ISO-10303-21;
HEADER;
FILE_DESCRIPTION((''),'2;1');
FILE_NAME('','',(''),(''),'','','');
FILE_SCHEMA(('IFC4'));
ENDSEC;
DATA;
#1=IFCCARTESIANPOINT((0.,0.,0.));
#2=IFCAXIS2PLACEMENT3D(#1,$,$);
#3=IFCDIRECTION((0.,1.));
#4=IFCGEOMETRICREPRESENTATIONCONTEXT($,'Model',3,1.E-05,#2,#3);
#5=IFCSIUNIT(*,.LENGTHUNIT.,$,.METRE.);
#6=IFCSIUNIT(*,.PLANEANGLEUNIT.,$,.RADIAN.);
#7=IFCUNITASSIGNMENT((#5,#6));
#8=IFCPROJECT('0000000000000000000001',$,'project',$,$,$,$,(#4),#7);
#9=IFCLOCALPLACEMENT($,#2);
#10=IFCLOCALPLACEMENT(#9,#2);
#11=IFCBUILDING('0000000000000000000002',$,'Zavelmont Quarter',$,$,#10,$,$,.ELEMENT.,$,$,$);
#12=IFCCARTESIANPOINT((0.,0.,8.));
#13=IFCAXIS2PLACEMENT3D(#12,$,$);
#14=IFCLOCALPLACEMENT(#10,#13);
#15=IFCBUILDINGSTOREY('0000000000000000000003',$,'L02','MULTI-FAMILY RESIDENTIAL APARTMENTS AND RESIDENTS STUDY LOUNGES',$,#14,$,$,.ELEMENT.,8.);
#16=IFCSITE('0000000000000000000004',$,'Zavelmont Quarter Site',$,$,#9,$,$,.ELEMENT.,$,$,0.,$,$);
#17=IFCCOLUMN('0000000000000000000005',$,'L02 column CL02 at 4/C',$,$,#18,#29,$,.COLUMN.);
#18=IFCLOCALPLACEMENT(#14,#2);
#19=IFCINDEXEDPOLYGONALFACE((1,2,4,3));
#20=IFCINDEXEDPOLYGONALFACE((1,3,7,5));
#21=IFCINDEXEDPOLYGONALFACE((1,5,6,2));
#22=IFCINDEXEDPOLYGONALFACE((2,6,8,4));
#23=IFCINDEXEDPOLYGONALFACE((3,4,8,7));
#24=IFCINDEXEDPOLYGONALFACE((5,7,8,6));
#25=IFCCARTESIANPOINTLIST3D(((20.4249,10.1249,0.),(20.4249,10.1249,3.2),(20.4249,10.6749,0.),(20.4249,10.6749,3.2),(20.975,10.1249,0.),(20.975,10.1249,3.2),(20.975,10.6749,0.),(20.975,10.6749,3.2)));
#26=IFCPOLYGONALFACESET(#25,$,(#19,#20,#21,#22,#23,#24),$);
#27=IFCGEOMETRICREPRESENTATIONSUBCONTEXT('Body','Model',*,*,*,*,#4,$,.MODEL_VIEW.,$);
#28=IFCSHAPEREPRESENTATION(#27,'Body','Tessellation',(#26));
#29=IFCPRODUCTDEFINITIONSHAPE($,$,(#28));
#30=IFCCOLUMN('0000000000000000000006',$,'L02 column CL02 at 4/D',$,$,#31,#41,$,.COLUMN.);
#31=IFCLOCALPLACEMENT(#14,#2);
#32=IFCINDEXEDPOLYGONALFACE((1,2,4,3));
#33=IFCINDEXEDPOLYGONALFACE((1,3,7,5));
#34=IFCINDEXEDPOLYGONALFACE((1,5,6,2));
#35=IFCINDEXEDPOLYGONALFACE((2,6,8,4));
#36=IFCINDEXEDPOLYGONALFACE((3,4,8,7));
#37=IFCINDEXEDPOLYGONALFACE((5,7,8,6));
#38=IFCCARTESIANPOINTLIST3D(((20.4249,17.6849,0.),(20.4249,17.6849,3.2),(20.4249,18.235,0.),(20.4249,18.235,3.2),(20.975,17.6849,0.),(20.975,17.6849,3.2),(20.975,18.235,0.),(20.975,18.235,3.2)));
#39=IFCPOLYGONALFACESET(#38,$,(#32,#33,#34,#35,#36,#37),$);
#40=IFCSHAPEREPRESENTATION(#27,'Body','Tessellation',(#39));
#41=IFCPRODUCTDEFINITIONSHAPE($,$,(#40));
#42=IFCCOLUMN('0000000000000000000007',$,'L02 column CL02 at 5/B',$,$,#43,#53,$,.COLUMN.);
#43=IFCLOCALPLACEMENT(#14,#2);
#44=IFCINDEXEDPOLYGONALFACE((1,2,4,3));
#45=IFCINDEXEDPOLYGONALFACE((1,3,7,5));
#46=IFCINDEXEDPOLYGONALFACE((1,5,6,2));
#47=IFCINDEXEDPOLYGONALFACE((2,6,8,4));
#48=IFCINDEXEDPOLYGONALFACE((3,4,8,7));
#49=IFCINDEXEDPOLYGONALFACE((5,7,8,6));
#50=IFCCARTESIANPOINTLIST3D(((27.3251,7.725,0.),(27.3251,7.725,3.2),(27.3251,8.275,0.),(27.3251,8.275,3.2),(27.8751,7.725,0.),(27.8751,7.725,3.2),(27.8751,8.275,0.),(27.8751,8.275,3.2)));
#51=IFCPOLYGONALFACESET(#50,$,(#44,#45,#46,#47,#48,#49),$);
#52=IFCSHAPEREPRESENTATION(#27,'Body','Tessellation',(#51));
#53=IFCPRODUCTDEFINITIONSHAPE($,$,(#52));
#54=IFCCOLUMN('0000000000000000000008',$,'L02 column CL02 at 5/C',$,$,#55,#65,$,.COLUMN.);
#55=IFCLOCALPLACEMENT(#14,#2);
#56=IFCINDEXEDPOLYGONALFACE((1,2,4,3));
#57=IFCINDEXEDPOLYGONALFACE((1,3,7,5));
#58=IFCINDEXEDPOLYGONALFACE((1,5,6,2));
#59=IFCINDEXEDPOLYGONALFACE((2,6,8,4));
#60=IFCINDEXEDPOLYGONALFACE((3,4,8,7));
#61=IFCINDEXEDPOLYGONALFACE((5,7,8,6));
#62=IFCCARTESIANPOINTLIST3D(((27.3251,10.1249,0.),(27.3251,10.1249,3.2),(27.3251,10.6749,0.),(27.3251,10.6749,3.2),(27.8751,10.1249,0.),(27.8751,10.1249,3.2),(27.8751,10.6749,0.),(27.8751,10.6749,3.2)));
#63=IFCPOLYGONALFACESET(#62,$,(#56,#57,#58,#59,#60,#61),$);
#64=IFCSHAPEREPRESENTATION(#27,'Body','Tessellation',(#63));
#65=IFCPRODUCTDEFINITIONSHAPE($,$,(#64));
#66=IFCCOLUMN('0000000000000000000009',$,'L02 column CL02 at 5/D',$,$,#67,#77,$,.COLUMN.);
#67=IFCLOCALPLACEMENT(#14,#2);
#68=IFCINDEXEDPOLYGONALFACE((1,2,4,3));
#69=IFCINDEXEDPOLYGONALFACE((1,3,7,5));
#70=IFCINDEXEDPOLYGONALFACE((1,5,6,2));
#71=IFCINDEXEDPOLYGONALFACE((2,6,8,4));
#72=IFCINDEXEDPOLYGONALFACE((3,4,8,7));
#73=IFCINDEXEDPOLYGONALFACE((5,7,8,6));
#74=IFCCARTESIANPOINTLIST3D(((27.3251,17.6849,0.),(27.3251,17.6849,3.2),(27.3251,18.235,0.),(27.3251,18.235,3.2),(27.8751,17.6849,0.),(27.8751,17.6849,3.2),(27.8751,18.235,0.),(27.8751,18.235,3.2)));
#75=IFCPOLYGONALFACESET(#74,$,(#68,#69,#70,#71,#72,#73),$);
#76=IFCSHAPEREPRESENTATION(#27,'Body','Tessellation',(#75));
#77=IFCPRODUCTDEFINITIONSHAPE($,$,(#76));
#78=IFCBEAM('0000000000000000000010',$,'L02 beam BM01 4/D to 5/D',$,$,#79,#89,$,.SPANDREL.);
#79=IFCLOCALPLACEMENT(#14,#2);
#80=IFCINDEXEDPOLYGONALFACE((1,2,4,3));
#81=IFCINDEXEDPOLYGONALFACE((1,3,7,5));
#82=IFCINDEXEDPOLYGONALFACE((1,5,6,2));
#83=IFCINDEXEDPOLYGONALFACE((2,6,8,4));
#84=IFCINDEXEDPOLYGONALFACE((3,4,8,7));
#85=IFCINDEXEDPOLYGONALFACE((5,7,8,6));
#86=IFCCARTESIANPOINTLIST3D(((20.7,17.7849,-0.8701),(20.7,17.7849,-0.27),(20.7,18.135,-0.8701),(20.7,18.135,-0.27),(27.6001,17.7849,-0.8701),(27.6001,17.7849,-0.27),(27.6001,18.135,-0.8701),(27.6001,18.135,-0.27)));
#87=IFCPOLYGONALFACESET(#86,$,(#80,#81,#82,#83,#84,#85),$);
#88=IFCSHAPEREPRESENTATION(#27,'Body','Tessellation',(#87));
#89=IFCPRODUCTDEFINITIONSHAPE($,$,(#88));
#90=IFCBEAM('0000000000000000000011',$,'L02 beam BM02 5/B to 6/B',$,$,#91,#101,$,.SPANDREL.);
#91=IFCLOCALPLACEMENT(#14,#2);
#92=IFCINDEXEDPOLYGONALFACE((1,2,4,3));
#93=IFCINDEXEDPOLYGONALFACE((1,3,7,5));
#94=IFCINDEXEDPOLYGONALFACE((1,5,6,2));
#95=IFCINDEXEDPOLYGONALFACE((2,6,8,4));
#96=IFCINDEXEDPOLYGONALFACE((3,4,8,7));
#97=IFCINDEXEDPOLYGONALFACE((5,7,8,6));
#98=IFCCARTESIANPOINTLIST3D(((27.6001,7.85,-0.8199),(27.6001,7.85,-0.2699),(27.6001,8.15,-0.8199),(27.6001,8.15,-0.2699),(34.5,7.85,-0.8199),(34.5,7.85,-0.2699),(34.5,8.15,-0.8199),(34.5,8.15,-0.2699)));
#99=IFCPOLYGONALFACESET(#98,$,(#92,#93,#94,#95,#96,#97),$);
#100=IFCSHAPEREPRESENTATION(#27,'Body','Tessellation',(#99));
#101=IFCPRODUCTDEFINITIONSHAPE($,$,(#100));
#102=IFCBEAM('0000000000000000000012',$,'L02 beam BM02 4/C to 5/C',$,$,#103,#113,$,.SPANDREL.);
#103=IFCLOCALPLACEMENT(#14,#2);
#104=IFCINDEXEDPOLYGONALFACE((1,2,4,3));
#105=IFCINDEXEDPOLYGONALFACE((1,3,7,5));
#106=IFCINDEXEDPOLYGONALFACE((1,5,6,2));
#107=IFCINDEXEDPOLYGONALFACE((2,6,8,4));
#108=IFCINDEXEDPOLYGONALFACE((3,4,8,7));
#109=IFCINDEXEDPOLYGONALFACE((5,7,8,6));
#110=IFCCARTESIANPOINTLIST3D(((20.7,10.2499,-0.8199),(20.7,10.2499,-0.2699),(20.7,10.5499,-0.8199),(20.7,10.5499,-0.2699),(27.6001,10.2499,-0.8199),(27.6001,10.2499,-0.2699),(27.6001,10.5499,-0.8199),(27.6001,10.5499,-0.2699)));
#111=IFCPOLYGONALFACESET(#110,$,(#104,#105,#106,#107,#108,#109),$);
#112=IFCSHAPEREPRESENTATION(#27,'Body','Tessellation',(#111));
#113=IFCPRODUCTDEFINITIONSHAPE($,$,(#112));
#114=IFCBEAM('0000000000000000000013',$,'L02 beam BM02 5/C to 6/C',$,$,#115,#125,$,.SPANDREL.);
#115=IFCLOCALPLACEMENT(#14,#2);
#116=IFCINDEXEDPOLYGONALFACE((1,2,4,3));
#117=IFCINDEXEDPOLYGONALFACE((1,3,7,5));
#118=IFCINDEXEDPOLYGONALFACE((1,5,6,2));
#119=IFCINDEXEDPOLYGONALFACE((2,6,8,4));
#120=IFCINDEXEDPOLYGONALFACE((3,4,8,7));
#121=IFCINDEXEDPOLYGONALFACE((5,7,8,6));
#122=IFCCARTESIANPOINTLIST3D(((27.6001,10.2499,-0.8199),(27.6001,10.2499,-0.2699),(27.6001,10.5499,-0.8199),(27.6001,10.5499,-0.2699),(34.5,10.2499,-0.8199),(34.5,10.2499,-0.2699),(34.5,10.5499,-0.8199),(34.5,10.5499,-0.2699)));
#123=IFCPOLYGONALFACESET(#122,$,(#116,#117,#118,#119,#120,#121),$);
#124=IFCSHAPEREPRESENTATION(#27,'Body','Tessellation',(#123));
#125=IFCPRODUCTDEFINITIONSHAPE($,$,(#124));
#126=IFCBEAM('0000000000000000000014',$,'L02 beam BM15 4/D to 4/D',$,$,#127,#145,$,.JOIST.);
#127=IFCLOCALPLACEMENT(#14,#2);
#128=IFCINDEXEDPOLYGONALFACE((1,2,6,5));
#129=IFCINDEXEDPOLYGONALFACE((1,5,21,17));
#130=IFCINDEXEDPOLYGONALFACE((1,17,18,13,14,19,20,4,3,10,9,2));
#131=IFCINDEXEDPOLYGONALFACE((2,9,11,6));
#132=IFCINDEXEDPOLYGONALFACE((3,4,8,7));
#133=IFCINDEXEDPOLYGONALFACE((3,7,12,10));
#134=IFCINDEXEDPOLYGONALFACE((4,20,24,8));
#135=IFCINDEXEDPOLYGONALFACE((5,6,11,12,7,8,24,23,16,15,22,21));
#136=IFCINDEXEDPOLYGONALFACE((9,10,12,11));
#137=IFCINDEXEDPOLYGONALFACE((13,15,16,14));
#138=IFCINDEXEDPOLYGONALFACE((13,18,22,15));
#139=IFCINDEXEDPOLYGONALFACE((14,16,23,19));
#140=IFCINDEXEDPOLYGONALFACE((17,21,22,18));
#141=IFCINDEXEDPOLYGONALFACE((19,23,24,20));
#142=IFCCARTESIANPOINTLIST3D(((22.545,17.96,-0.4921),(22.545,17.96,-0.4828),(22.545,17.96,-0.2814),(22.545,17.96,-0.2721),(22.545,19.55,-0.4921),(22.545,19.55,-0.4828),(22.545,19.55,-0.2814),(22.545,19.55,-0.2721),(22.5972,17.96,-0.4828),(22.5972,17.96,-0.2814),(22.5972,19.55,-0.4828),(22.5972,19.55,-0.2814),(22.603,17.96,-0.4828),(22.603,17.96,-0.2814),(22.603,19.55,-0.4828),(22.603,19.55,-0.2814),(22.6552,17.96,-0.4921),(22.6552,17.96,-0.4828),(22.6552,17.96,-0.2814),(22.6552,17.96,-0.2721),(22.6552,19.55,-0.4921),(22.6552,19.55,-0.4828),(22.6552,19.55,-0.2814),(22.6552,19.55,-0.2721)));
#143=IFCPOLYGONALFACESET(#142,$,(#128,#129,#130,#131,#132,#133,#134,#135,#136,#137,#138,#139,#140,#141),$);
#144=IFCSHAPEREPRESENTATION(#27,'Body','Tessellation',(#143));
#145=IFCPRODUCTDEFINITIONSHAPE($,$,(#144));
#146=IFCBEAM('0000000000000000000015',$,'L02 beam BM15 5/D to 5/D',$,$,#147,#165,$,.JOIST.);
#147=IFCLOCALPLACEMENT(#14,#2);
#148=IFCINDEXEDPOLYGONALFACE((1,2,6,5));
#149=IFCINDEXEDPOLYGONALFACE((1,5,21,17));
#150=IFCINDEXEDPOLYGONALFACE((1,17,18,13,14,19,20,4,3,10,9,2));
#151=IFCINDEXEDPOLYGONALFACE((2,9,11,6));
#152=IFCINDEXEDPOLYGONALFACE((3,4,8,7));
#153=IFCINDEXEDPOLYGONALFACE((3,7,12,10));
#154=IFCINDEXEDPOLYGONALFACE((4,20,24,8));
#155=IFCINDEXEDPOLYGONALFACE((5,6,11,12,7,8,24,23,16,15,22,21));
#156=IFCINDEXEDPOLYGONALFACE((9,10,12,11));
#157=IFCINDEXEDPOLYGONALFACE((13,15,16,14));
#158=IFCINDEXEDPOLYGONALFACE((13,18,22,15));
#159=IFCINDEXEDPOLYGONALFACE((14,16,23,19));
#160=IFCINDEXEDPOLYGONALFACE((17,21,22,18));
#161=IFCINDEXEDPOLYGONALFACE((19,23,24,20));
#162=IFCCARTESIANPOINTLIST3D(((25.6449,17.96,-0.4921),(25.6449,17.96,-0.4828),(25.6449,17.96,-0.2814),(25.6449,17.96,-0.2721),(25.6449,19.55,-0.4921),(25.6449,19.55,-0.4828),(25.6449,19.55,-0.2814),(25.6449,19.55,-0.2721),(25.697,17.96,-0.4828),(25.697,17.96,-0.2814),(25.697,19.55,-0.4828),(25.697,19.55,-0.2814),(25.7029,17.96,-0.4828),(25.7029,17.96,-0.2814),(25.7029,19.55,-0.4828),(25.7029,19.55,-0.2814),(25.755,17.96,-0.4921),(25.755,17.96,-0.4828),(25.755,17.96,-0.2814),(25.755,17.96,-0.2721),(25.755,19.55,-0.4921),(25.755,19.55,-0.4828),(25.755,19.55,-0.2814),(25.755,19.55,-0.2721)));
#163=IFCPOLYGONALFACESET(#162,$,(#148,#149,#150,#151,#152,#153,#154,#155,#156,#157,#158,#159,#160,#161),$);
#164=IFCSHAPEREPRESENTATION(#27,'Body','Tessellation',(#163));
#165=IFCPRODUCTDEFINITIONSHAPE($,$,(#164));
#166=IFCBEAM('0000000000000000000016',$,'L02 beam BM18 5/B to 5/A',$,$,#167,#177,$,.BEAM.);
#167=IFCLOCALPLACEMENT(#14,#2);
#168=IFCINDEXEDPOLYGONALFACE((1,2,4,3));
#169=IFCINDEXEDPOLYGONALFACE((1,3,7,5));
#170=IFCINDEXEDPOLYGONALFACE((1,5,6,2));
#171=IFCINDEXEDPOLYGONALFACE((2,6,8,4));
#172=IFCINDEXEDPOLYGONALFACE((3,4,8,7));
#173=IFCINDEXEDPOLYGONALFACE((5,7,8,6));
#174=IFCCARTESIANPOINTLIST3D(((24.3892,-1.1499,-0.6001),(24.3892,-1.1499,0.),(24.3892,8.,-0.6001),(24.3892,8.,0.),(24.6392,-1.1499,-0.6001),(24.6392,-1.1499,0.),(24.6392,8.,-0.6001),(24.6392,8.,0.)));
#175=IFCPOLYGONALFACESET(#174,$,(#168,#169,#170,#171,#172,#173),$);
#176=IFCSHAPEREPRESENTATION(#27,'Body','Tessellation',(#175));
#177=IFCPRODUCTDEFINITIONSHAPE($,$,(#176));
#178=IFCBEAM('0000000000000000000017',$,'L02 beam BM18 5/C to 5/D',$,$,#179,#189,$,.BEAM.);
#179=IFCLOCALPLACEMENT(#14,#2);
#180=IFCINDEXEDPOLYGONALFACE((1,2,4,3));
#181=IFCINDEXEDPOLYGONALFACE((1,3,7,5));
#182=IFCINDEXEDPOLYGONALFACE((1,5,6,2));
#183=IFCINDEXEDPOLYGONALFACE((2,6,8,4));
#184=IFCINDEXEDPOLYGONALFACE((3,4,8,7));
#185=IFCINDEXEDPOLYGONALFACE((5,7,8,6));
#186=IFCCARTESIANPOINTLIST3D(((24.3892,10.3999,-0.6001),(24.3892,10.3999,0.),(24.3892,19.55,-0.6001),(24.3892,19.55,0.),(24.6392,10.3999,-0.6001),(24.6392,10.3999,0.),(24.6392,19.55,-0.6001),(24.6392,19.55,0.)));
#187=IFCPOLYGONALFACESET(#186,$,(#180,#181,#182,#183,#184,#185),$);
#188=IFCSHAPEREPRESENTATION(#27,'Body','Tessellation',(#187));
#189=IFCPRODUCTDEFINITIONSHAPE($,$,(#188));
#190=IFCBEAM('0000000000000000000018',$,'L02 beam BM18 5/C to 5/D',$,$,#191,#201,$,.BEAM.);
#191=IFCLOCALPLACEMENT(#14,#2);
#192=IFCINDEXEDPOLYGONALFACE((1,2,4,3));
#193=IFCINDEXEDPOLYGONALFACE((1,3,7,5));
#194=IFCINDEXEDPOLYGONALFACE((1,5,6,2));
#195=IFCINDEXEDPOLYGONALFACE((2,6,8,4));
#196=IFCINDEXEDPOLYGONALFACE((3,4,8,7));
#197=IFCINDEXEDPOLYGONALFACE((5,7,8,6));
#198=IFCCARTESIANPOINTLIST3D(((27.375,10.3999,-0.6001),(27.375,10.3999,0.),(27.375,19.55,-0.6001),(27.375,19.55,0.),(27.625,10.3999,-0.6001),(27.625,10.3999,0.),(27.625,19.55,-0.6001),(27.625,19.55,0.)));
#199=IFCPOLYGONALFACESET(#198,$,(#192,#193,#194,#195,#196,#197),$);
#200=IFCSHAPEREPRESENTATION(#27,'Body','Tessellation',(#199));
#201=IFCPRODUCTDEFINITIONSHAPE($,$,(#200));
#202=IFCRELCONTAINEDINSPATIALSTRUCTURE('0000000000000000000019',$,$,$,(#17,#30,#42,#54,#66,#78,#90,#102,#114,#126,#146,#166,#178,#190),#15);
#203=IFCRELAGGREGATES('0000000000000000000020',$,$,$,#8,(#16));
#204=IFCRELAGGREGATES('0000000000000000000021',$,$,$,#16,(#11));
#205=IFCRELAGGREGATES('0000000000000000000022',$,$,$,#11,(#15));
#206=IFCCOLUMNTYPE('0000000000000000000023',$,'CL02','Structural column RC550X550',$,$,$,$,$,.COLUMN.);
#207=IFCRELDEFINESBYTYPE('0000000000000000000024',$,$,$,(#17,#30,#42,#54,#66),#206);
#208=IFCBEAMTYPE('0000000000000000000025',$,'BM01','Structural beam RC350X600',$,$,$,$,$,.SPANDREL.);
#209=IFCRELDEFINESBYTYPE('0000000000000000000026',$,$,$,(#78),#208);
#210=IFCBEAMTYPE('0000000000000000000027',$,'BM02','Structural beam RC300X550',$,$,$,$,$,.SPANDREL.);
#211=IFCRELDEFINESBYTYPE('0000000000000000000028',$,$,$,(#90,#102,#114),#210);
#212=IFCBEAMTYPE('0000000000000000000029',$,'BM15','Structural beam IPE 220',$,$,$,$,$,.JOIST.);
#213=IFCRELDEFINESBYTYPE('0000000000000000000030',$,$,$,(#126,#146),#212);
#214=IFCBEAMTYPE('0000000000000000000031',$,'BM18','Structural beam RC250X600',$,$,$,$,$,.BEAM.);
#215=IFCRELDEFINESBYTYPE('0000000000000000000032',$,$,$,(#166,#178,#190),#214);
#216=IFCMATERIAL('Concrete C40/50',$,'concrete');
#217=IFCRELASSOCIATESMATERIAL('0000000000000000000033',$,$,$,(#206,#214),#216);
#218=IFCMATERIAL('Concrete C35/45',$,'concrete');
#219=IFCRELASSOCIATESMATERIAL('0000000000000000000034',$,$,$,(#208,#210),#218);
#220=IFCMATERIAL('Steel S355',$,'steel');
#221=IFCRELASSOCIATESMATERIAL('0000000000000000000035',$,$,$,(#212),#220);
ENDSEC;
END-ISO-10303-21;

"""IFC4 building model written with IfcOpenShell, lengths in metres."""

from ifc_helpers import new_model, si_unit, direction, frame, origin, origin_2d, place, context, subcontext, project, spatial, rectangle, i_section, extrude, material, material_profile, profile_set, type_object, element, save


model = new_model("IFC4")

# Units and contexts
model_context = context("Model", 3, precision=1e-05, world=origin(), true_north=direction((0.0, 1.0)))
body_context = subcontext(model_context, "Body", "Model", "MODEL_VIEW")
ifc_project = project(units=[si_unit("LENGTHUNIT", "METRE"), si_unit("PLANEANGLEUNIT", "RADIAN")], contexts=[model_context])

# Site, building, storey
site_placement = place(None, origin())
site = spatial("IfcSite", under=ifc_project, at=site_placement, Name="Zavelmont Quarter Site", CompositionType="ELEMENT", RefElevation=0.0)
building_placement = place(site_placement, origin())
building = spatial("IfcBuilding", under=site, at=building_placement, Name="Zavelmont Quarter", CompositionType="ELEMENT")
storey_placement = place(building_placement, frame((0.0, 0.0, 8.0)))
storey = spatial("IfcBuildingStorey", under=building, at=storey_placement, Name="L02", Description="MULTI-FAMILY RESIDENTIAL APARTMENTS AND RESIDENTS STUDY LOUNGES", CompositionType="ELEMENT", Elevation=8.0)

# Columns
ifc_material_1 = material(Name="Concrete C40/50", Category="concrete")
ifc_material_profile_1 = material_profile(ifc_material_1, rectangle(XDim=0.55, YDim=0.55, at=origin_2d()), Name="RC550X550")
ifc_profile_set_1 = profile_set([ifc_material_profile_1], Name="Concrete C40/50")
column_type = type_object("IfcColumnType", Name="CL02", Description="Structural column RC550X550", PredefinedType="COLUMN", material=ifc_profile_set_1)
for number, where, z_axis, x_axis, name in (
    (1, (20.7, 10.3999, 0.0), (0.0, 0.0, 1.0), (1.0, 0.0, 0.0), "L02 column CL02 at 4/C"),
    (2, (20.7, 17.96, 0.0), (0.0, 0.0, 1.0), (1.0, 0.0, 0.0), "L02 column CL02 at 4/D"),
    (3, (27.6001, 8.0, 0.0), (0.0, 0.0, 1.0), (1.0, 0.0, 0.0), "L02 column CL02 at 5/B"),
    (4, (27.6001, 10.3999, 0.0), (0.0, 0.0, 1.0), (1.0, 0.0, 0.0), "L02 column CL02 at 5/C"),
    (5, (27.6001, 17.96, 0.0), (0.0, 0.0, 1.0), (1.0, 0.0, 0.0), "L02 column CL02 at 5/D"),
):
    element("IfcColumn", number, at=place(storey_placement, frame(where, z_axis=z_axis, x_axis=x_axis)), inside=storey, type_object=column_type, Name=name, PredefinedType="COLUMN", context=body_context, shape_type="SweptSolid", body=[
        extrude(rectangle(XDim=0.55, YDim=0.55, at=origin_2d()), origin(), (0.0, 0.0, 1.0), 3.2),
    ])

# Beams
ifc_material_2 = material(Name="Concrete C35/45", Category="concrete")
ifc_material_profile_2 = material_profile(ifc_material_2, rectangle(XDim=0.3501, YDim=0.6001, at=origin_2d()), Name="RC350X600")
ifc_profile_set_2 = profile_set([ifc_material_profile_2], Name="Concrete C35/45")
beam_type_1 = type_object("IfcBeamType", Name="BM01", Description="Structural beam RC350X600", PredefinedType="SPANDREL", material=ifc_profile_set_2)
beam_1_placement = place(storey_placement, frame((20.7, 17.96, -0.5701), z_axis=(1.0, 0.0, 0.0), x_axis=(0.0, 1.0, 0.0)))
element("IfcBeam", 6, at=beam_1_placement, inside=storey, type_object=beam_type_1, Name="L02 beam BM01 4/D to 5/D", PredefinedType="SPANDREL", context=body_context, shape_type="SweptSolid", body=[
    extrude(rectangle(XDim=0.3501, YDim=0.6001, at=origin_2d()), origin(), (0.0, 0.0, 1.0), 6.9001),
])
ifc_material_profile_3 = material_profile(ifc_material_2, rectangle(XDim=0.3, YDim=0.55, at=origin_2d()), Name="RC300X550")
ifc_profile_set_3 = profile_set([ifc_material_profile_3], Name="Concrete C35/45")
beam_type_2 = type_object("IfcBeamType", Name="BM02", Description="Structural beam RC300X550", PredefinedType="SPANDREL", material=ifc_profile_set_3)
beam_2_placement = place(storey_placement, frame((27.6001, 8.0, -0.5449), z_axis=(1.0, 0.0, 0.0), x_axis=(0.0, 1.0, 0.0)))
element("IfcBeam", 7, at=beam_2_placement, inside=storey, type_object=beam_type_2, Name="L02 beam BM02 5/B to 6/B", PredefinedType="SPANDREL", context=body_context, shape_type="SweptSolid", body=[
    extrude(rectangle(XDim=0.3, YDim=0.55, at=origin_2d()), origin(), (0.0, 0.0, 1.0), 6.8999),
])
beam_3_placement = place(storey_placement, frame((20.7, 10.3999, -0.5449), z_axis=(1.0, 0.0, 0.0), x_axis=(0.0, 1.0, 0.0)))
element("IfcBeam", 8, at=beam_3_placement, inside=storey, type_object=beam_type_2, Name="L02 beam BM02 4/C to 5/C", PredefinedType="SPANDREL", context=body_context, shape_type="SweptSolid", body=[
    extrude(rectangle(XDim=0.3, YDim=0.55, at=origin_2d()), origin(), (0.0, 0.0, 1.0), 6.9001),
])
beam_4_placement = place(storey_placement, frame((27.6001, 10.3999, -0.5449), z_axis=(1.0, 0.0, 0.0), x_axis=(0.0, 1.0, 0.0)))
element("IfcBeam", 9, at=beam_4_placement, inside=storey, type_object=beam_type_2, Name="L02 beam BM02 5/C to 6/C", PredefinedType="SPANDREL", context=body_context, shape_type="SweptSolid", body=[
    extrude(rectangle(XDim=0.3, YDim=0.55, at=origin_2d()), origin(), (0.0, 0.0, 1.0), 6.8999),
])
ifc_material_3 = material(Name="Steel S355", Category="steel")
ifc_material_profile_4 = material_profile(ifc_material_3, i_section(OverallWidth=0.1101, OverallDepth=0.22, WebThickness=0.0059, FlangeThickness=0.0093, at=origin_2d()), Name="IPE 220")
ifc_profile_set_4 = profile_set([ifc_material_profile_4], Name="Steel S355")
beam_type_3 = type_object("IfcBeamType", Name="BM15", Description="Structural beam IPE 220", PredefinedType="JOIST", material=ifc_profile_set_4)
for number, where, z_axis, x_axis, name in (
    (10, (22.6001, 17.96, -0.3821), (0.0, 1.0, 0.0), (-1.0, 0.0, 0.0), "L02 beam BM15 4/D to 4/D"),
    (11, (25.7, 17.96, -0.3821), (0.0, 1.0, 0.0), (-1.0, 0.0, 0.0), "L02 beam BM15 5/D to 5/D"),
):
    element("IfcBeam", number, at=place(storey_placement, frame(where, z_axis=z_axis, x_axis=x_axis)), inside=storey, type_object=beam_type_3, Name=name, PredefinedType="JOIST", context=body_context, shape_type="SweptSolid", body=[
        extrude(i_section(OverallWidth=0.1101, OverallDepth=0.22, WebThickness=0.0059, FlangeThickness=0.0093, at=origin_2d()), origin(), (0.0, 0.0, 1.0), 1.5901),
    ])
ifc_material_profile_5 = material_profile(ifc_material_1, rectangle(XDim=0.25, YDim=0.6001, at=origin_2d()), Name="RC250X600")
ifc_profile_set_5 = profile_set([ifc_material_profile_5], Name="Concrete C40/50")
beam_type_4 = type_object("IfcBeamType", Name="BM18", Description="Structural beam RC250X600", PredefinedType="BEAM", material=ifc_profile_set_5)
beam_5_placement = place(storey_placement, frame((24.5142, 8.0, -0.3), z_axis=(0.0, -1.0, 0.0), x_axis=(1.0, 0.0, 0.0)))
element("IfcBeam", 12, at=beam_5_placement, inside=storey, type_object=beam_type_4, Name="L02 beam BM18 5/B to 5/A", PredefinedType="BEAM", context=body_context, shape_type="SweptSolid", body=[
    extrude(rectangle(XDim=0.25, YDim=0.6001, at=origin_2d()), origin(), (0.0, 0.0, 1.0), 9.1499),
])
for number, where, z_axis, x_axis, name in (
    (13, (24.5142, 10.3999, -0.3), (0.0, 1.0, 0.0), (-1.0, 0.0, 0.0), "L02 beam BM18 5/C to 5/D"),
    (14, (27.5, 10.3999, -0.3), (0.0, 1.0, 0.0), (-1.0, 0.0, 0.0), "L02 beam BM18 5/C to 5/D"),
):
    element("IfcBeam", number, at=place(storey_placement, frame(where, z_axis=z_axis, x_axis=x_axis)), inside=storey, type_object=beam_type_4, Name=name, PredefinedType="BEAM", context=body_context, shape_type="SweptSolid", body=[
        extrude(rectangle(XDim=0.25, YDim=0.6001, at=origin_2d()), origin(), (0.0, 0.0, 1.0), 9.1501),
    ])

save(model, "model.ifc")
